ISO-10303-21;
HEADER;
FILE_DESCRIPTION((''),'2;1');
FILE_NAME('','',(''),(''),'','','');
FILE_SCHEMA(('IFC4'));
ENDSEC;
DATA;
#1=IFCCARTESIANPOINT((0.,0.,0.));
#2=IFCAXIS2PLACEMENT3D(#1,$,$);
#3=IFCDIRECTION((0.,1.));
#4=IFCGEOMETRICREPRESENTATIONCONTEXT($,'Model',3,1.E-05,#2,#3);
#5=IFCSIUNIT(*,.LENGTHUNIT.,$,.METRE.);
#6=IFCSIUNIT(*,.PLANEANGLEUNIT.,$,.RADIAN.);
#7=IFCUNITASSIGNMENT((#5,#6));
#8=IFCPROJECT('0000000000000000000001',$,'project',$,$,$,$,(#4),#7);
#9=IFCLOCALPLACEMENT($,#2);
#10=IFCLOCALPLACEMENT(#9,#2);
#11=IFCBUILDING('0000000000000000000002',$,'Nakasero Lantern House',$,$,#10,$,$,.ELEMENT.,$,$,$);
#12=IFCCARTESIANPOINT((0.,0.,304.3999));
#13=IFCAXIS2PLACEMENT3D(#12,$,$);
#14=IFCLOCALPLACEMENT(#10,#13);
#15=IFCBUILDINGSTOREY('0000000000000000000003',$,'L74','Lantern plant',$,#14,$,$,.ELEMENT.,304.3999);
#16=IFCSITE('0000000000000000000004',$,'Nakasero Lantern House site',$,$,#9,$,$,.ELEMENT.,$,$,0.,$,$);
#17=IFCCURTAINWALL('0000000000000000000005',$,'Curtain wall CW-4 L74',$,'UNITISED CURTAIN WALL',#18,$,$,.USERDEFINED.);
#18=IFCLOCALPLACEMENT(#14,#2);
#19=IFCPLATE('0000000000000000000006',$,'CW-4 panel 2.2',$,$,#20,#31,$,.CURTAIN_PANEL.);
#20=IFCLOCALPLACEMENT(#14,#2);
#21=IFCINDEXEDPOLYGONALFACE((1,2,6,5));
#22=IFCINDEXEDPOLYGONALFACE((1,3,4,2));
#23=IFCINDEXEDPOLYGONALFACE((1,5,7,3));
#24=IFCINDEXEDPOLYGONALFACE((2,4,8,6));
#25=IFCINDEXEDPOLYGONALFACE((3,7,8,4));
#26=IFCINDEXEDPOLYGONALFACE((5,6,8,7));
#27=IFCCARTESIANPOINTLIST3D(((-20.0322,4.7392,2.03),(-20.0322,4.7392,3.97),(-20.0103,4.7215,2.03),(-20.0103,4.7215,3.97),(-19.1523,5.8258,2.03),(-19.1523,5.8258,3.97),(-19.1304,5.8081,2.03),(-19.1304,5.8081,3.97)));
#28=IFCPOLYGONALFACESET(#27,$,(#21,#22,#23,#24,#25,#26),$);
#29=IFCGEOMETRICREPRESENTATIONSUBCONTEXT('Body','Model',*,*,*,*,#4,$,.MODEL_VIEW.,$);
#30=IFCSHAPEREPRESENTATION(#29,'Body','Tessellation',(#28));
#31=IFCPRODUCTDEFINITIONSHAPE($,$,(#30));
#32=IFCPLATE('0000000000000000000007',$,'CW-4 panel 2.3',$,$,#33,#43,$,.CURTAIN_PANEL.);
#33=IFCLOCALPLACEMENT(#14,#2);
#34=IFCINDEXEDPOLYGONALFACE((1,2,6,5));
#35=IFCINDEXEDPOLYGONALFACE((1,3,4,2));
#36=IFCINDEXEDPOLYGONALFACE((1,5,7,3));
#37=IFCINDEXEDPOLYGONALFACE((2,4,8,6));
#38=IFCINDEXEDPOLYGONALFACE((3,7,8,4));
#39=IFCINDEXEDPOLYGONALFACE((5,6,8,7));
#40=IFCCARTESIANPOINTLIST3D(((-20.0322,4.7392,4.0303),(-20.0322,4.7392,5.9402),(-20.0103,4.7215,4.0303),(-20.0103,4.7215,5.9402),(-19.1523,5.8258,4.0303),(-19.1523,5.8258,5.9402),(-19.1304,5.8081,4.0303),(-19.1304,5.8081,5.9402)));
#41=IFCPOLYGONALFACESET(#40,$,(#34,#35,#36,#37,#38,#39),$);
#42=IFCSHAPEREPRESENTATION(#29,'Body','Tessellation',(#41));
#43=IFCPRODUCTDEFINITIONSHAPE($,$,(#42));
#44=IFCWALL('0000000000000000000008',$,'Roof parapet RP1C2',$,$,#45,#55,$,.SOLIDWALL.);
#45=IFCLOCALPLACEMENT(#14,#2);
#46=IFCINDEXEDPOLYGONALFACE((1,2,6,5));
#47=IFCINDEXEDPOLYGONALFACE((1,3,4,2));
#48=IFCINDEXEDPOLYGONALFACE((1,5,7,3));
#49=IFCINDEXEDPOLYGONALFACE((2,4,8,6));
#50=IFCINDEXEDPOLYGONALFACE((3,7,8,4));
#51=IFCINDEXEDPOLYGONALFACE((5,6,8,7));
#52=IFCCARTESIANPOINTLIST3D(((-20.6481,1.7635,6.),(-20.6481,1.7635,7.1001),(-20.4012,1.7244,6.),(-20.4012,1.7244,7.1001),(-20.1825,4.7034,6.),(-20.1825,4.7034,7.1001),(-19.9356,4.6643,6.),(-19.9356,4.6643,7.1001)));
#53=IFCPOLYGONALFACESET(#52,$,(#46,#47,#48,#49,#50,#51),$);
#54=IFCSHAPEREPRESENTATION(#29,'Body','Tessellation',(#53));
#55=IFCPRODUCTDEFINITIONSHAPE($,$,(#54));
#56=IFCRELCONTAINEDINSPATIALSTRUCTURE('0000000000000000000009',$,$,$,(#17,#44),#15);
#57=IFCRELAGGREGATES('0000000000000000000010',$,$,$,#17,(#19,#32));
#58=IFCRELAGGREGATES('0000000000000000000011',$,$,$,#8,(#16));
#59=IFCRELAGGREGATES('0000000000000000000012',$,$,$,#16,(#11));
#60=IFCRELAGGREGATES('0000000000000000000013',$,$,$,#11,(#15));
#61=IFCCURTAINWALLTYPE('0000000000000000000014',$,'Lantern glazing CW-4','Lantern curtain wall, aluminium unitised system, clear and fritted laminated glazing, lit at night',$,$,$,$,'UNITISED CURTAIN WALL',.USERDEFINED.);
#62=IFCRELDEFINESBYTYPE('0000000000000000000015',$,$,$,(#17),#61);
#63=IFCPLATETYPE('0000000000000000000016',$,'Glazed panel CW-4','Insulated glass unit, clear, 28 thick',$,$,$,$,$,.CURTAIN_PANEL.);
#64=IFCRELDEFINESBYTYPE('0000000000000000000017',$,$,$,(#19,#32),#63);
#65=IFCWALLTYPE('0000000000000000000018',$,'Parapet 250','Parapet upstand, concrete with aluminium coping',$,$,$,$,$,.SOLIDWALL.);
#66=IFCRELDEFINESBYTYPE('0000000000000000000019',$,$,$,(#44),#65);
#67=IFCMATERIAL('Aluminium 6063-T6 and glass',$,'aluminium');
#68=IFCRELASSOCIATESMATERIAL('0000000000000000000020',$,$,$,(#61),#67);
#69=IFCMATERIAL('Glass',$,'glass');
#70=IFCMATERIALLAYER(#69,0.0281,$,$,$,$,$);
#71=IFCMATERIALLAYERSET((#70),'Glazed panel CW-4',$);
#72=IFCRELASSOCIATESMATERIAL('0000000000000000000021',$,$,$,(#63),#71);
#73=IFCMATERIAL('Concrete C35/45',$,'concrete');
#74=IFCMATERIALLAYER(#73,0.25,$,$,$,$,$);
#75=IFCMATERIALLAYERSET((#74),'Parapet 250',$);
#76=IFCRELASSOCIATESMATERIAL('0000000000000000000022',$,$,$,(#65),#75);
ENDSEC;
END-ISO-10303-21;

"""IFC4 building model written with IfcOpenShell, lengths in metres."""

from ifc_helpers import new_model, si_unit, direction, frame, frame_2d, origin, origin_2d, place, context, subcontext, project, spatial, rectangle, extrude, material, layer, layer_set, type_object, element, aggregate, save


model = new_model("IFC4")

# Units and contexts
model_context = context("Model", 3, precision=1e-05, world=origin(), true_north=direction((0.0, 1.0)))
body_context = subcontext(model_context, "Body", "Model", "MODEL_VIEW")
ifc_project = project(units=[si_unit("LENGTHUNIT", "METRE"), si_unit("PLANEANGLEUNIT", "RADIAN")], contexts=[model_context])

# Site, building, storey
site_placement = place(None, origin())
site = spatial("IfcSite", under=ifc_project, at=site_placement, Name="Nakasero Lantern House site", CompositionType="ELEMENT", RefElevation=0.0)
building_placement = place(site_placement, origin())
building = spatial("IfcBuilding", under=site, at=building_placement, Name="Nakasero Lantern House", CompositionType="ELEMENT")
storey_placement = place(building_placement, frame((0.0, 0.0, 304.3999)))
storey = spatial("IfcBuildingStorey", under=building, at=storey_placement, Name="L74", Description="Lantern plant", CompositionType="ELEMENT", Elevation=304.3999)

# Curtain wall
ifc_material_1 = material(Name="Aluminium 6063-T6 and glass", Category="aluminium")
curtain_wall_type = type_object("IfcCurtainWallType", Name="Lantern glazing CW-4", Description="Lantern curtain wall, aluminium unitised system, clear and fritted laminated glazing, lit at night", ElementType="UNITISED CURTAIN WALL", PredefinedType="USERDEFINED", material=ifc_material_1)
curtain_wall_1_placement = place(storey_placement, origin())
curtain_wall_1 = element("IfcCurtainWall", 1, at=curtain_wall_1_placement, inside=storey, type_object=curtain_wall_type, Name="Curtain wall CW-4 L74", ObjectType="UNITISED CURTAIN WALL", PredefinedType="USERDEFINED")

# Plates
ifc_material_2 = material(Name="Glass", Category="glass")
ifc_layer_1 = layer(ifc_material_2, 0.0281)
ifc_layer_set_1 = layer_set([ifc_layer_1], Name="Glazed panel CW-4")
plate_type = type_object("IfcPlateType", Name="Glazed panel CW-4", Description="Insulated glass unit, clear, 28 thick", PredefinedType="CURTAIN_PANEL", material=ifc_layer_set_1)
plate_1_placement = place(storey_placement, frame((-19.5813, 5.2737, 2.03), z_axis=(0.0, 0.0, 1.0), x_axis=(-0.62932, -0.777146, 0.0)))
plate_1 = element("IfcPlate", 2, at=plate_1_placement, type_object=plate_type, Name="CW-4 panel 2.2", PredefinedType="CURTAIN_PANEL", context=body_context, shape_type="SweptSolid", body=[
    extrude(rectangle(XDim=1.3982, YDim=0.0281, at=origin_2d()), origin(), (0.0, 0.0, 1.0), 1.9399),
])
plate_2_placement = place(storey_placement, frame((-19.5813, 5.2737, 4.0303), z_axis=(0.0, 0.0, 1.0), x_axis=(-0.62932, -0.777146, 0.0)))
plate_2 = element("IfcPlate", 3, at=plate_2_placement, type_object=plate_type, Name="CW-4 panel 2.3", PredefinedType="CURTAIN_PANEL", context=body_context, shape_type="SweptSolid", body=[
    extrude(rectangle(XDim=1.3982, YDim=0.0281, at=origin_2d()), origin(), (0.0, 0.0, 1.0), 1.9099),
])
aggregate(curtain_wall_1, [plate_1, plate_2])

# Wall
ifc_material_3 = material(Name="Concrete C35/45", Category="concrete")
ifc_layer_2 = layer(ifc_material_3, 0.25)
ifc_layer_set_2 = layer_set([ifc_layer_2], Name="Parapet 250")
wall_type = type_object("IfcWallType", Name="Parapet 250", Description="Parapet upstand, concrete with aluminium coping", PredefinedType="SOLIDWALL", material=ifc_layer_set_2)
wall_placement = place(storey_placement, frame((-20.0591, 4.6838, 6.0), z_axis=(0.0, 0.0, 1.0), x_axis=(-0.156413, -0.987692, 0.0)))
element("IfcWall", 4, at=wall_placement, inside=storey, type_object=wall_type, Name="Roof parapet RP1C2", PredefinedType="SOLIDWALL", context=body_context, shape_type="SweptSolid", body=[
    extrude(rectangle(XDim=2.9766, YDim=0.25, at=frame_2d((1.4883, 0.0))), origin(), (0.0, 0.0, 1.0), 1.1001),
])

save(model, "model.ifc")
